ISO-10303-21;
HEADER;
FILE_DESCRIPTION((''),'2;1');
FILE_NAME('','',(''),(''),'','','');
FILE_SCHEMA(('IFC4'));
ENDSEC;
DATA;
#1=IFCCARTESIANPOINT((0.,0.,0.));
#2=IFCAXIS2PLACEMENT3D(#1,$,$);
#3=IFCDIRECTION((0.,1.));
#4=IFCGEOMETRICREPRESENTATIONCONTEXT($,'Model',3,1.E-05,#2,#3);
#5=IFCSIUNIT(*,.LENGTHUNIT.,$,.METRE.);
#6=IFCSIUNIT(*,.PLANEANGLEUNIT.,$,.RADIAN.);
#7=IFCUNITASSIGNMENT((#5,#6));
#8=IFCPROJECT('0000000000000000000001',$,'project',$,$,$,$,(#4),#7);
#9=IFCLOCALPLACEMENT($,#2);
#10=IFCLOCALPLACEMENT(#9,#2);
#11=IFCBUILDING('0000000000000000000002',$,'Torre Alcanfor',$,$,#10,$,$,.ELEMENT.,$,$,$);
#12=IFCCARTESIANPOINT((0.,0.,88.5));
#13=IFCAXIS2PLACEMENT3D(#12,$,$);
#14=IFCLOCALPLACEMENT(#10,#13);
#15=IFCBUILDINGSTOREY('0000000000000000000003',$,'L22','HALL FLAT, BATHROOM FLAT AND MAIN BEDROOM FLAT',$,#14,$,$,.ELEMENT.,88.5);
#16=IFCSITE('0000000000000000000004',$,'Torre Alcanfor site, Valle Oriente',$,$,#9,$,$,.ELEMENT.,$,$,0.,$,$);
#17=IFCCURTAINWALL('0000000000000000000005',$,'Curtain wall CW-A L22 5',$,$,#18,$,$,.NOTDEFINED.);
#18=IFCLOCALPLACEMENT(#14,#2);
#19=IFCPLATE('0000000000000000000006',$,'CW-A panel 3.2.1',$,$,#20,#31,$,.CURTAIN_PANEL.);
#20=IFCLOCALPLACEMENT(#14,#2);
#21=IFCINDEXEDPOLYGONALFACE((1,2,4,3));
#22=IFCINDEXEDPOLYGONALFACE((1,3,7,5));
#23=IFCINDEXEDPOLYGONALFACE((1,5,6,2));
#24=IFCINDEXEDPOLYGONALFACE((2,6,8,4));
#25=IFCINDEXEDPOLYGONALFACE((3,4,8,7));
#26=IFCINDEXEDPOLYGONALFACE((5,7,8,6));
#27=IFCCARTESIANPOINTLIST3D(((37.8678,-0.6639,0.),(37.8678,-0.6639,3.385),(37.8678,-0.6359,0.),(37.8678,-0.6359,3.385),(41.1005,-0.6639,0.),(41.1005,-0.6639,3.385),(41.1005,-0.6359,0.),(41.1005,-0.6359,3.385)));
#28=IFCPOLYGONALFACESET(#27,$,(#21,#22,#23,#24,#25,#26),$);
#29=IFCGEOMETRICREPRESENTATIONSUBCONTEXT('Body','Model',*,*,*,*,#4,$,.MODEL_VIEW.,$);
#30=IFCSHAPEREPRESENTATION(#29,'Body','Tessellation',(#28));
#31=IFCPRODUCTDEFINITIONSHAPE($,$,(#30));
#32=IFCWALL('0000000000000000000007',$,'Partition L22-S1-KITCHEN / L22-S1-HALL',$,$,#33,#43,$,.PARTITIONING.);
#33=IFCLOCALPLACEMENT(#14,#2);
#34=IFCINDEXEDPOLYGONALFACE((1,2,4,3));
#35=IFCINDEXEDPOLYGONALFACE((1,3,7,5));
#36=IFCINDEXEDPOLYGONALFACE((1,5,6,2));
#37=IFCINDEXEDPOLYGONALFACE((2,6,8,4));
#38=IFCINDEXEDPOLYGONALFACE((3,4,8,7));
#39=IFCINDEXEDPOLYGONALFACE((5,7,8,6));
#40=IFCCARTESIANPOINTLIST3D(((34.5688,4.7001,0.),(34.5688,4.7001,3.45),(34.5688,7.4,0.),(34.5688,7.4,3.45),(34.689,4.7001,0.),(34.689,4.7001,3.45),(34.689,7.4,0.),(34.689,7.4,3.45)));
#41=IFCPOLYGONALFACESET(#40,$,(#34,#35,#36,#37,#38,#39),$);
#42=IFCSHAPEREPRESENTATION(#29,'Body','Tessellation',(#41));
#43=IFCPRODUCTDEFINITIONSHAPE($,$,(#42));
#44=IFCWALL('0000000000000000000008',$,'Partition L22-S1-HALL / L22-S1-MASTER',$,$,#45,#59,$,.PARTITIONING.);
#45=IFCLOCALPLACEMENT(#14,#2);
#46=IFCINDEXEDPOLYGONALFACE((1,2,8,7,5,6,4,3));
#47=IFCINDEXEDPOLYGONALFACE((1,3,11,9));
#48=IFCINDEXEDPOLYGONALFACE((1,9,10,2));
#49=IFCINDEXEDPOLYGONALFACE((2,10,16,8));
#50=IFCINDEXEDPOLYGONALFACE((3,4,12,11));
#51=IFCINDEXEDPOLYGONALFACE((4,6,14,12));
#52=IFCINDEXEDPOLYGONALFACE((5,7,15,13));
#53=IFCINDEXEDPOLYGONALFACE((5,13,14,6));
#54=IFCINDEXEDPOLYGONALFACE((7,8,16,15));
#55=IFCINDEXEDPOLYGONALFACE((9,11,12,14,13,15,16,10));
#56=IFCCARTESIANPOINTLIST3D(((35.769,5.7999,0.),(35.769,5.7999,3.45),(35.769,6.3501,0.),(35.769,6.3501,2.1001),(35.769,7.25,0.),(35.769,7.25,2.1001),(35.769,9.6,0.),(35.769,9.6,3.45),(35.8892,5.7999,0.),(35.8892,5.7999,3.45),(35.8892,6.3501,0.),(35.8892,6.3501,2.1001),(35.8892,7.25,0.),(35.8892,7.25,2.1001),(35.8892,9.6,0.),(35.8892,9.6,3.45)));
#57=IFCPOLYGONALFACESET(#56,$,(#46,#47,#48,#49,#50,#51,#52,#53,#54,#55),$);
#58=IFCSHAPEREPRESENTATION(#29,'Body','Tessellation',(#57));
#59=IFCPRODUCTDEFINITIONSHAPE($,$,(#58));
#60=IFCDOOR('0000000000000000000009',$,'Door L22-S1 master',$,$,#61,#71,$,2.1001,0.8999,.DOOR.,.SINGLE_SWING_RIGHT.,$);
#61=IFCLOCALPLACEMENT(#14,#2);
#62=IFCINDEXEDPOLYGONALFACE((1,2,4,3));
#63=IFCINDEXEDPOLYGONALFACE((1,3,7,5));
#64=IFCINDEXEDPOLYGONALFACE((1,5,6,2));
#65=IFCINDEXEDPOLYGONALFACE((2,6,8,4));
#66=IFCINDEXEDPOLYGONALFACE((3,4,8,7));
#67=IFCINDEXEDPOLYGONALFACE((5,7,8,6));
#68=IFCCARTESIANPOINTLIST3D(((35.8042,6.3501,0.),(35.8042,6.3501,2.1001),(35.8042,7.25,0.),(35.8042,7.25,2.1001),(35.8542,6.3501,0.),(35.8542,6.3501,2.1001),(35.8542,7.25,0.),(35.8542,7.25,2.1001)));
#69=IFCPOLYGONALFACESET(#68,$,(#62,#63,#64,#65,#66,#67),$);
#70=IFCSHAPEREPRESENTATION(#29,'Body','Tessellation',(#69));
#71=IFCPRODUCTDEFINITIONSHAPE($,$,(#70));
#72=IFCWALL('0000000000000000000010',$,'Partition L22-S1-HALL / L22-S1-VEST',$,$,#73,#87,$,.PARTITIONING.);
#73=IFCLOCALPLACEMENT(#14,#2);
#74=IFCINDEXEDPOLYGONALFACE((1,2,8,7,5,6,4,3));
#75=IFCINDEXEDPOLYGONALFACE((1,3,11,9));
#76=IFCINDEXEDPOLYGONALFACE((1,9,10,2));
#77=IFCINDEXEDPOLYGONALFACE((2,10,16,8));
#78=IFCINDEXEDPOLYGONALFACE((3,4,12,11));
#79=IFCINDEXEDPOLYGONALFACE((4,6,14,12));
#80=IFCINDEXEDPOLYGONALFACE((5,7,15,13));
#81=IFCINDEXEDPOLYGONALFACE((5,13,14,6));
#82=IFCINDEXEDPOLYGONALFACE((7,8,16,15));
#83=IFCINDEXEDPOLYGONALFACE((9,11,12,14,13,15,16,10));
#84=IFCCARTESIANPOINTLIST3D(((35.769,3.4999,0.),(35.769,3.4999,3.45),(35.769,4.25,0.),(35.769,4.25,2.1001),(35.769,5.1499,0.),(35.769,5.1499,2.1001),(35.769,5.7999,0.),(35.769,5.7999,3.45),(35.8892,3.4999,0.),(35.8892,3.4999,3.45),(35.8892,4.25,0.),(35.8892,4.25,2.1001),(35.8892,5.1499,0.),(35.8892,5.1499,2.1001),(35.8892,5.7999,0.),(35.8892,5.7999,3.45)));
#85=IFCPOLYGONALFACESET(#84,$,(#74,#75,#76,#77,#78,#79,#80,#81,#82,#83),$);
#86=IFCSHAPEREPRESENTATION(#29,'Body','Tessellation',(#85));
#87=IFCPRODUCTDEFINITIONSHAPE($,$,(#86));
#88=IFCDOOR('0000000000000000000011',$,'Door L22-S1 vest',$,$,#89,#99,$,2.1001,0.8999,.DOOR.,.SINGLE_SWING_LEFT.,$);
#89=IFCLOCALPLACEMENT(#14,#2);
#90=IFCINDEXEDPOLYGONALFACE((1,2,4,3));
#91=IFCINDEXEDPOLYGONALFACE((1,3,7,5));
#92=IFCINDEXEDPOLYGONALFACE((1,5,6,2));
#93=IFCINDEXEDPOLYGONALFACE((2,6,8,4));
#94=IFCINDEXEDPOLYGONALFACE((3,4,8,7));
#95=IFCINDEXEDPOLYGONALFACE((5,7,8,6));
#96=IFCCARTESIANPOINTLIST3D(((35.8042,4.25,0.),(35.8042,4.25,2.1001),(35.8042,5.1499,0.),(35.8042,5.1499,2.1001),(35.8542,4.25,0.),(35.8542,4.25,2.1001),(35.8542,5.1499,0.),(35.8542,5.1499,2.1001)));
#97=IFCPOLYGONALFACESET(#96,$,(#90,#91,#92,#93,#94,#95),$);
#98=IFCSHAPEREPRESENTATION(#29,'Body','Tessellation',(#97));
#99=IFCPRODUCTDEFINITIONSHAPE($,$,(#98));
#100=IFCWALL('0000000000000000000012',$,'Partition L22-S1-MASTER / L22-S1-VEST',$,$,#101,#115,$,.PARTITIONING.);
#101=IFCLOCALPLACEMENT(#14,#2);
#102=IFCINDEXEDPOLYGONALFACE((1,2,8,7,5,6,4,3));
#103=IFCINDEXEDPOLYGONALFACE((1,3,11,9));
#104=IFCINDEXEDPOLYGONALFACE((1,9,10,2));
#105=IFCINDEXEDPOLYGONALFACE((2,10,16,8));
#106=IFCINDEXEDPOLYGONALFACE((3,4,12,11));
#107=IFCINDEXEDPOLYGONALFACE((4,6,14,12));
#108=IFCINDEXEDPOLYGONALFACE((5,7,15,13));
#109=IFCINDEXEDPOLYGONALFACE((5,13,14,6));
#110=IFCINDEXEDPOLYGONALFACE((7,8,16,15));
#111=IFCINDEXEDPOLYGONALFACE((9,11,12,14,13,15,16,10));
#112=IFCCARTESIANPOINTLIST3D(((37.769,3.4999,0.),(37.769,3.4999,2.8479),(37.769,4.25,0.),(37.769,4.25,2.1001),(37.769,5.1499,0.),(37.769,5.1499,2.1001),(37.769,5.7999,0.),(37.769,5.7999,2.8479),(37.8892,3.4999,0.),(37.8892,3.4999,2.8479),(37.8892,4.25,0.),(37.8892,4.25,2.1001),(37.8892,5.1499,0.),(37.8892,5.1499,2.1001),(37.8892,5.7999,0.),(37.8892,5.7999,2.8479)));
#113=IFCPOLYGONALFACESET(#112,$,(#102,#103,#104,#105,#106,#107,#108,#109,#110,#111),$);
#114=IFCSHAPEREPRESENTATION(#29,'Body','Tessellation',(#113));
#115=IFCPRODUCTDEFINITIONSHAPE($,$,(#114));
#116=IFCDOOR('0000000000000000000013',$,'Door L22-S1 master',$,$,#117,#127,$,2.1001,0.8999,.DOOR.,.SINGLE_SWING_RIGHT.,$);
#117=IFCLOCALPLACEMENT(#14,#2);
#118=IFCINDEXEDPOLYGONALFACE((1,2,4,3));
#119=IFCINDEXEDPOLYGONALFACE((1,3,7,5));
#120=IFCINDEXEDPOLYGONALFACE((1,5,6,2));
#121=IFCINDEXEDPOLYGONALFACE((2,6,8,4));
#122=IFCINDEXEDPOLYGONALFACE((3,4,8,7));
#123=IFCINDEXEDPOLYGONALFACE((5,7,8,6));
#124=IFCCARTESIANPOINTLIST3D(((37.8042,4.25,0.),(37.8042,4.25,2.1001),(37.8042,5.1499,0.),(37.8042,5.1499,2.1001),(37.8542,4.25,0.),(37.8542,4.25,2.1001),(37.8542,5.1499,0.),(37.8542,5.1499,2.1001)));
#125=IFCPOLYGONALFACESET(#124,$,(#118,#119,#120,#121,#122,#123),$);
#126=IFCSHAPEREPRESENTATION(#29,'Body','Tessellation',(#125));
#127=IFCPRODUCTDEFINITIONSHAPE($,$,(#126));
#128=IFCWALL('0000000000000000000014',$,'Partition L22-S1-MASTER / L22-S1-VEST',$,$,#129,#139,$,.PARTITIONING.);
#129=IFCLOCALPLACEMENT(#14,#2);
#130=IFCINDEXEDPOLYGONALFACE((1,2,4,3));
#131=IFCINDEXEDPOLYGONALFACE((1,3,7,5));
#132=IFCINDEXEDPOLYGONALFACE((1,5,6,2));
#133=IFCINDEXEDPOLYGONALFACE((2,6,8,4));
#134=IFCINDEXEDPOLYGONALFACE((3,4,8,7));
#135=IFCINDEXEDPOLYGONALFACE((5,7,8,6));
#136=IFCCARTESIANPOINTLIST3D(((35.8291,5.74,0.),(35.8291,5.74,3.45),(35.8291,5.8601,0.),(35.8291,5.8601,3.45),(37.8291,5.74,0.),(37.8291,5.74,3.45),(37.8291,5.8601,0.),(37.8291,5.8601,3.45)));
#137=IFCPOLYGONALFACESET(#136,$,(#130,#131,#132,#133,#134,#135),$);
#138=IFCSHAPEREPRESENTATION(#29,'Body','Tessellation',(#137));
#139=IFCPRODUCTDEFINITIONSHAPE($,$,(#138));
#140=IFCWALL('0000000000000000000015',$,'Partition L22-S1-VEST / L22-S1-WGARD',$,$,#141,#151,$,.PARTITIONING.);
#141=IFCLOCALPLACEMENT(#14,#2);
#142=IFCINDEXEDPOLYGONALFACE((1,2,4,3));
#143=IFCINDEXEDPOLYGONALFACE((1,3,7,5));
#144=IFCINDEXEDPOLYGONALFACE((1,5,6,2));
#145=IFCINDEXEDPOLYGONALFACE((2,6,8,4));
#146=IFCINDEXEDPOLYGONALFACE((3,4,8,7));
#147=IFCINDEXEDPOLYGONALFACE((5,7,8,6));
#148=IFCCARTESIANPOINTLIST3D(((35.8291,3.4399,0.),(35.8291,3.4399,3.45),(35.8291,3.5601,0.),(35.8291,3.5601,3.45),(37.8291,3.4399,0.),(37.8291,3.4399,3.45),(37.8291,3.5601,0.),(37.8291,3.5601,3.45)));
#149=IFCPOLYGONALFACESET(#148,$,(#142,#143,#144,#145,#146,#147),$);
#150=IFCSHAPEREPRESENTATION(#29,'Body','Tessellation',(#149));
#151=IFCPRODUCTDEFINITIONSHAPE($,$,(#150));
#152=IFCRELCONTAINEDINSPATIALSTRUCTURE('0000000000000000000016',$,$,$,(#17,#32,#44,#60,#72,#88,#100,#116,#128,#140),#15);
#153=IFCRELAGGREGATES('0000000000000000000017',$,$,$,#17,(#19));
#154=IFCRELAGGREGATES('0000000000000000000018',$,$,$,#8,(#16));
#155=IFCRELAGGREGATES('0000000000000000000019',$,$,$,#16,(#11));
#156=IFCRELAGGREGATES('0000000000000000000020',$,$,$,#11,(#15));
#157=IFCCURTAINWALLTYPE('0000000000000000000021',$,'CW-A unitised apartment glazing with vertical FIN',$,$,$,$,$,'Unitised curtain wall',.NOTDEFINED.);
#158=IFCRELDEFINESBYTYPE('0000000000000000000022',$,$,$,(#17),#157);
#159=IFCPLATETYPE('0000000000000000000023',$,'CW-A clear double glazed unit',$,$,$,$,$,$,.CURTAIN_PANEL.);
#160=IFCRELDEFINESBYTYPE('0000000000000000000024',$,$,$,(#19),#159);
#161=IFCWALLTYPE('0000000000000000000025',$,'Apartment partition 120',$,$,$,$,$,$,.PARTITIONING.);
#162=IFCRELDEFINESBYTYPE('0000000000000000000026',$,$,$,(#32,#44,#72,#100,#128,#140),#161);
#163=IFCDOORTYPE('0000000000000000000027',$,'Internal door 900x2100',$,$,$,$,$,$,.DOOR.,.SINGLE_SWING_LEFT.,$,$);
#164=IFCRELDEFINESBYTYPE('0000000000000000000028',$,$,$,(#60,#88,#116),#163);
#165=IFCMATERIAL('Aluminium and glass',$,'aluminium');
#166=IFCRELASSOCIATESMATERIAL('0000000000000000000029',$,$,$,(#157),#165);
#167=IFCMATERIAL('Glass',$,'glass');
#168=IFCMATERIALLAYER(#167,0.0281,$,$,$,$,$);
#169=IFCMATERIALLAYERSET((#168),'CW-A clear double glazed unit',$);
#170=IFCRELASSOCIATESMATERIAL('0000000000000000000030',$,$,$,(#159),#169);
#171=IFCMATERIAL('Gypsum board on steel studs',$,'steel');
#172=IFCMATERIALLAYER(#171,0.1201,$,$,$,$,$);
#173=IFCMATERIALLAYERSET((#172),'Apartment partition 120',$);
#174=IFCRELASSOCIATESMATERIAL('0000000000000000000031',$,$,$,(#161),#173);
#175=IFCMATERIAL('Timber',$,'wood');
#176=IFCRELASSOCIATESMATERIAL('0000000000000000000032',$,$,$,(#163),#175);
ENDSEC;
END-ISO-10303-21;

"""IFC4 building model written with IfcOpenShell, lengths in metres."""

from ifc_helpers import new_model, si_unit, direction, frame, frame_2d, origin, origin_2d, place, context, subcontext, project, spatial, rectangle, extrude, material, layer, layer_set, type_object, element, fill, aggregate, save


model = new_model("IFC4")

# Units and contexts
model_context = context("Model", 3, precision=1e-05, world=origin(), true_north=direction((0.0, 1.0)))
body_context = subcontext(model_context, "Body", "Model", "MODEL_VIEW")
ifc_project = project(units=[si_unit("LENGTHUNIT", "METRE"), si_unit("PLANEANGLEUNIT", "RADIAN")], contexts=[model_context])

# Site, building, storey
site_placement = place(None, origin())
site = spatial("IfcSite", under=ifc_project, at=site_placement, Name="Torre Alcanfor site, Valle Oriente", CompositionType="ELEMENT", RefElevation=0.0)
building_placement = place(site_placement, origin())
building = spatial("IfcBuilding", under=site, at=building_placement, Name="Torre Alcanfor", CompositionType="ELEMENT")
storey_placement = place(building_placement, frame((0.0, 0.0, 88.5)))
storey = spatial("IfcBuildingStorey", under=building, at=storey_placement, Name="L22", Description="HALL FLAT, BATHROOM FLAT AND MAIN BEDROOM FLAT", CompositionType="ELEMENT", Elevation=88.5)

# Curtain wall
ifc_material_1 = material(Name="Aluminium and glass", Category="aluminium")
curtain_wall_type = type_object("IfcCurtainWallType", Name="CW-A unitised apartment glazing with vertical FIN", ElementType="Unitised curtain wall", PredefinedType="NOTDEFINED", material=ifc_material_1)
curtain_wall_placement = place(storey_placement, origin())
curtain_wall = element("IfcCurtainWall", 1, at=curtain_wall_placement, inside=storey, type_object=curtain_wall_type, Name="Curtain wall CW-A L22 5", PredefinedType="NOTDEFINED")

# Plate
ifc_material_2 = material(Name="Glass", Category="glass")
ifc_layer_1 = layer(ifc_material_2, 0.0281)
ifc_layer_set_1 = layer_set([ifc_layer_1], Name="CW-A clear double glazed unit")
plate_type = type_object("IfcPlateType", Name="CW-A clear double glazed unit", PredefinedType="CURTAIN_PANEL", material=ifc_layer_set_1)
plate_1_placement = place(storey_placement, frame((39.4841, -0.6499, 0.0), z_axis=(0.0, 0.0, 1.0), x_axis=(1.0, 0.0, 0.0)))
plate_1 = element("IfcPlate", 2, at=plate_1_placement, type_object=plate_type, Name="CW-A panel 3.2.1", PredefinedType="CURTAIN_PANEL", context=body_context, shape_type="SweptSolid", body=[
    extrude(rectangle(XDim=3.2327, YDim=0.0281, at=origin_2d()), origin(), (0.0, 0.0, 1.0), 3.385),
])
aggregate(curtain_wall, [plate_1])

# Wall
ifc_material_3 = material(Name="Gypsum board on steel studs", Category="steel")
ifc_layer_2 = layer(ifc_material_3, 0.1201)
ifc_layer_set_2 = layer_set([ifc_layer_2], Name="Apartment partition 120")
wall_type_1 = type_object("IfcWallType", Name="Apartment partition 120", PredefinedType="PARTITIONING", material=ifc_layer_set_2)
wall_1_placement = place(storey_placement, frame((34.6289, 4.7, 0.0), z_axis=(0.0, 0.0, 1.0), x_axis=(0.0, 1.0, 0.0)))
element("IfcWall", 3, at=wall_1_placement, inside=storey, type_object=wall_type_1, Name="Partition L22-S1-KITCHEN / L22-S1-HALL", PredefinedType="PARTITIONING", context=body_context, shape_type="SweptSolid", body=[
    extrude(rectangle(XDim=2.7, YDim=0.1201, at=frame_2d((1.3501, 0.0))), origin(), (0.0, 0.0, 1.0), 3.45),
])

# Walls, openings, doors
wall_2_placement = place(storey_placement, frame((35.8291, 5.8, 0.0), z_axis=(0.0, 0.0, 1.0), x_axis=(0.0, 1.0, 0.0)))
wall_2 = element("IfcWall", 4, at=wall_2_placement, inside=storey, type_object=wall_type_1, Name="Partition L22-S1-HALL / L22-S1-MASTER", PredefinedType="PARTITIONING", context=body_context, shape_type="SweptSolid", body=[
    extrude(rectangle(XDim=3.8, YDim=0.1201, at=frame_2d((1.8999, 0.0))), origin(), (0.0, 0.0, 1.0), 3.45),
])
opening_1_placement = place(wall_2_placement, frame((0.55, 0.0, 0.0)))
opening_1 = element("IfcOpeningElement", 5, at=opening_1_placement, cuts=wall_2, PredefinedType="OPENING", context=body_context, shape_type="SweptSolid", body=[
    extrude(rectangle(XDim=0.8999, YDim=2.1001, at=frame_2d((0.45, 1.05))), frame((0.0, 0.0701, 0.0), z_axis=(0.0, -1.0, 0.0), x_axis=(1.0, 0.0, 0.0)), (0.0, 0.0, 1.0), 0.1401),
])
ifc_material_4 = material(Name="Timber", Category="wood")
door_type = type_object("IfcDoorType", Name="Internal door 900x2100", OperationType="SINGLE_SWING_LEFT", PredefinedType="DOOR", material=ifc_material_4)
door_1_placement = place(opening_1_placement, frame((0.8999, 0.0, 0.0), z_axis=(0.0, 0.0, 1.0), x_axis=(-1.0, 0.0, 0.0)))
door_1 = element("IfcDoor", 6, at=door_1_placement, inside=storey, type_object=door_type, Name="Door L22-S1 master", OperationType="SINGLE_SWING_RIGHT", OverallHeight=2.1001, OverallWidth=0.8999, PredefinedType="DOOR", context=body_context, shape_type="SweptSolid", body=[
    extrude(rectangle(XDim=0.8999, YDim=2.1001, at=frame_2d((0.45, 1.05))), frame((0.0, 0.0251, 0.0), z_axis=(0.0, -1.0, 0.0), x_axis=(1.0, 0.0, 0.0)), (0.0, 0.0, 1.0), 0.05),
])
fill(opening_1, door_1)
wall_3_placement = place(storey_placement, frame((35.8291, 3.5, 0.0), z_axis=(0.0, 0.0, 1.0), x_axis=(0.0, 1.0, 0.0)))
wall_3 = element("IfcWall", 7, at=wall_3_placement, inside=storey, type_object=wall_type_1, Name="Partition L22-S1-HALL / L22-S1-VEST", PredefinedType="PARTITIONING", context=body_context, shape_type="SweptSolid", body=[
    extrude(rectangle(XDim=2.3, YDim=0.1201, at=frame_2d((1.1499, 0.0))), origin(), (0.0, 0.0, 1.0), 3.45),
])
opening_2_placement = place(wall_3_placement, frame((0.75, 0.0, 0.0)))
opening_2 = element("IfcOpeningElement", 8, at=opening_2_placement, cuts=wall_3, PredefinedType="OPENING", context=body_context, shape_type="SweptSolid", body=[
    extrude(rectangle(XDim=0.8999, YDim=2.1001, at=frame_2d((0.45, 1.05))), frame((0.0, 0.0701, 0.0), z_axis=(0.0, -1.0, 0.0), x_axis=(1.0, 0.0, 0.0)), (0.0, 0.0, 1.0), 0.1401),
])
door_2_placement = place(opening_2_placement, frame((0.8999, 0.0, 0.0), z_axis=(0.0, 0.0, 1.0), x_axis=(-1.0, 0.0, 0.0)))
door_2 = element("IfcDoor", 9, at=door_2_placement, inside=storey, type_object=door_type, Name="Door L22-S1 vest", OperationType="SINGLE_SWING_LEFT", OverallHeight=2.1001, OverallWidth=0.8999, PredefinedType="DOOR", context=body_context, shape_type="SweptSolid", body=[
    extrude(rectangle(XDim=0.8999, YDim=2.1001, at=frame_2d((0.45, 1.05))), frame((0.0, 0.0251, 0.0), z_axis=(0.0, -1.0, 0.0), x_axis=(1.0, 0.0, 0.0)), (0.0, 0.0, 1.0), 0.05),
])
fill(opening_2, door_2)
wall_4_placement = place(storey_placement, frame((37.8291, 3.5, 0.0), z_axis=(0.0, 0.0, 1.0), x_axis=(0.0, 1.0, 0.0)))
wall_4 = element("IfcWall", 10, at=wall_4_placement, inside=storey, type_object=wall_type_1, Name="Partition L22-S1-MASTER / L22-S1-VEST", PredefinedType="PARTITIONING", context=body_context, shape_type="SweptSolid", body=[
    extrude(rectangle(XDim=2.3, YDim=0.1201, at=frame_2d((1.1499, 0.0))), origin(), (0.0, 0.0, 1.0), 2.8479),
])
opening_3_placement = place(wall_4_placement, frame((0.75, 0.0, 0.0)))
opening_3 = element("IfcOpeningElement", 11, at=opening_3_placement, cuts=wall_4, PredefinedType="OPENING", context=body_context, shape_type="SweptSolid", body=[
    extrude(rectangle(XDim=0.8999, YDim=2.1001, at=frame_2d((0.45, 1.05))), frame((0.0, 0.0701, 0.0), z_axis=(0.0, -1.0, 0.0), x_axis=(1.0, 0.0, 0.0)), (0.0, 0.0, 1.0), 0.1401),
])
door_3_placement = place(opening_3_placement, origin())
door_3 = element("IfcDoor", 12, at=door_3_placement, inside=storey, type_object=door_type, Name="Door L22-S1 master", OperationType="SINGLE_SWING_RIGHT", OverallHeight=2.1001, OverallWidth=0.8999, PredefinedType="DOOR", context=body_context, shape_type="SweptSolid", body=[
    extrude(rectangle(XDim=0.8999, YDim=2.1001, at=frame_2d((0.45, 1.05))), frame((0.0, 0.0249, 0.0), z_axis=(0.0, -1.0, 0.0), x_axis=(1.0, 0.0, 0.0)), (0.0, 0.0, 1.0), 0.05),
])
fill(opening_3, door_3)

# Walls
for number, where, z_axis, x_axis, name in (
    (13, (37.8291, 5.8, 0.0), (0.0, 0.0, 1.0), (-1.0, 0.0, 0.0), "Partition L22-S1-MASTER / L22-S1-VEST"),
    (14, (35.8291, 3.5, 0.0), (0.0, 0.0, 1.0), (1.0, 0.0, 0.0), "Partition L22-S1-VEST / L22-S1-WGARD"),
):
    element("IfcWall", number, at=place(storey_placement, frame(where, z_axis=z_axis, x_axis=x_axis)), inside=storey, type_object=wall_type_1, Name=name, PredefinedType="PARTITIONING", context=body_context, shape_type="SweptSolid", body=[
        extrude(rectangle(XDim=2.0, YDim=0.1201, at=frame_2d((1.0, 0.0))), origin(), (0.0, 0.0, 1.0), 3.45),
    ])

save(model, "model.ifc")
